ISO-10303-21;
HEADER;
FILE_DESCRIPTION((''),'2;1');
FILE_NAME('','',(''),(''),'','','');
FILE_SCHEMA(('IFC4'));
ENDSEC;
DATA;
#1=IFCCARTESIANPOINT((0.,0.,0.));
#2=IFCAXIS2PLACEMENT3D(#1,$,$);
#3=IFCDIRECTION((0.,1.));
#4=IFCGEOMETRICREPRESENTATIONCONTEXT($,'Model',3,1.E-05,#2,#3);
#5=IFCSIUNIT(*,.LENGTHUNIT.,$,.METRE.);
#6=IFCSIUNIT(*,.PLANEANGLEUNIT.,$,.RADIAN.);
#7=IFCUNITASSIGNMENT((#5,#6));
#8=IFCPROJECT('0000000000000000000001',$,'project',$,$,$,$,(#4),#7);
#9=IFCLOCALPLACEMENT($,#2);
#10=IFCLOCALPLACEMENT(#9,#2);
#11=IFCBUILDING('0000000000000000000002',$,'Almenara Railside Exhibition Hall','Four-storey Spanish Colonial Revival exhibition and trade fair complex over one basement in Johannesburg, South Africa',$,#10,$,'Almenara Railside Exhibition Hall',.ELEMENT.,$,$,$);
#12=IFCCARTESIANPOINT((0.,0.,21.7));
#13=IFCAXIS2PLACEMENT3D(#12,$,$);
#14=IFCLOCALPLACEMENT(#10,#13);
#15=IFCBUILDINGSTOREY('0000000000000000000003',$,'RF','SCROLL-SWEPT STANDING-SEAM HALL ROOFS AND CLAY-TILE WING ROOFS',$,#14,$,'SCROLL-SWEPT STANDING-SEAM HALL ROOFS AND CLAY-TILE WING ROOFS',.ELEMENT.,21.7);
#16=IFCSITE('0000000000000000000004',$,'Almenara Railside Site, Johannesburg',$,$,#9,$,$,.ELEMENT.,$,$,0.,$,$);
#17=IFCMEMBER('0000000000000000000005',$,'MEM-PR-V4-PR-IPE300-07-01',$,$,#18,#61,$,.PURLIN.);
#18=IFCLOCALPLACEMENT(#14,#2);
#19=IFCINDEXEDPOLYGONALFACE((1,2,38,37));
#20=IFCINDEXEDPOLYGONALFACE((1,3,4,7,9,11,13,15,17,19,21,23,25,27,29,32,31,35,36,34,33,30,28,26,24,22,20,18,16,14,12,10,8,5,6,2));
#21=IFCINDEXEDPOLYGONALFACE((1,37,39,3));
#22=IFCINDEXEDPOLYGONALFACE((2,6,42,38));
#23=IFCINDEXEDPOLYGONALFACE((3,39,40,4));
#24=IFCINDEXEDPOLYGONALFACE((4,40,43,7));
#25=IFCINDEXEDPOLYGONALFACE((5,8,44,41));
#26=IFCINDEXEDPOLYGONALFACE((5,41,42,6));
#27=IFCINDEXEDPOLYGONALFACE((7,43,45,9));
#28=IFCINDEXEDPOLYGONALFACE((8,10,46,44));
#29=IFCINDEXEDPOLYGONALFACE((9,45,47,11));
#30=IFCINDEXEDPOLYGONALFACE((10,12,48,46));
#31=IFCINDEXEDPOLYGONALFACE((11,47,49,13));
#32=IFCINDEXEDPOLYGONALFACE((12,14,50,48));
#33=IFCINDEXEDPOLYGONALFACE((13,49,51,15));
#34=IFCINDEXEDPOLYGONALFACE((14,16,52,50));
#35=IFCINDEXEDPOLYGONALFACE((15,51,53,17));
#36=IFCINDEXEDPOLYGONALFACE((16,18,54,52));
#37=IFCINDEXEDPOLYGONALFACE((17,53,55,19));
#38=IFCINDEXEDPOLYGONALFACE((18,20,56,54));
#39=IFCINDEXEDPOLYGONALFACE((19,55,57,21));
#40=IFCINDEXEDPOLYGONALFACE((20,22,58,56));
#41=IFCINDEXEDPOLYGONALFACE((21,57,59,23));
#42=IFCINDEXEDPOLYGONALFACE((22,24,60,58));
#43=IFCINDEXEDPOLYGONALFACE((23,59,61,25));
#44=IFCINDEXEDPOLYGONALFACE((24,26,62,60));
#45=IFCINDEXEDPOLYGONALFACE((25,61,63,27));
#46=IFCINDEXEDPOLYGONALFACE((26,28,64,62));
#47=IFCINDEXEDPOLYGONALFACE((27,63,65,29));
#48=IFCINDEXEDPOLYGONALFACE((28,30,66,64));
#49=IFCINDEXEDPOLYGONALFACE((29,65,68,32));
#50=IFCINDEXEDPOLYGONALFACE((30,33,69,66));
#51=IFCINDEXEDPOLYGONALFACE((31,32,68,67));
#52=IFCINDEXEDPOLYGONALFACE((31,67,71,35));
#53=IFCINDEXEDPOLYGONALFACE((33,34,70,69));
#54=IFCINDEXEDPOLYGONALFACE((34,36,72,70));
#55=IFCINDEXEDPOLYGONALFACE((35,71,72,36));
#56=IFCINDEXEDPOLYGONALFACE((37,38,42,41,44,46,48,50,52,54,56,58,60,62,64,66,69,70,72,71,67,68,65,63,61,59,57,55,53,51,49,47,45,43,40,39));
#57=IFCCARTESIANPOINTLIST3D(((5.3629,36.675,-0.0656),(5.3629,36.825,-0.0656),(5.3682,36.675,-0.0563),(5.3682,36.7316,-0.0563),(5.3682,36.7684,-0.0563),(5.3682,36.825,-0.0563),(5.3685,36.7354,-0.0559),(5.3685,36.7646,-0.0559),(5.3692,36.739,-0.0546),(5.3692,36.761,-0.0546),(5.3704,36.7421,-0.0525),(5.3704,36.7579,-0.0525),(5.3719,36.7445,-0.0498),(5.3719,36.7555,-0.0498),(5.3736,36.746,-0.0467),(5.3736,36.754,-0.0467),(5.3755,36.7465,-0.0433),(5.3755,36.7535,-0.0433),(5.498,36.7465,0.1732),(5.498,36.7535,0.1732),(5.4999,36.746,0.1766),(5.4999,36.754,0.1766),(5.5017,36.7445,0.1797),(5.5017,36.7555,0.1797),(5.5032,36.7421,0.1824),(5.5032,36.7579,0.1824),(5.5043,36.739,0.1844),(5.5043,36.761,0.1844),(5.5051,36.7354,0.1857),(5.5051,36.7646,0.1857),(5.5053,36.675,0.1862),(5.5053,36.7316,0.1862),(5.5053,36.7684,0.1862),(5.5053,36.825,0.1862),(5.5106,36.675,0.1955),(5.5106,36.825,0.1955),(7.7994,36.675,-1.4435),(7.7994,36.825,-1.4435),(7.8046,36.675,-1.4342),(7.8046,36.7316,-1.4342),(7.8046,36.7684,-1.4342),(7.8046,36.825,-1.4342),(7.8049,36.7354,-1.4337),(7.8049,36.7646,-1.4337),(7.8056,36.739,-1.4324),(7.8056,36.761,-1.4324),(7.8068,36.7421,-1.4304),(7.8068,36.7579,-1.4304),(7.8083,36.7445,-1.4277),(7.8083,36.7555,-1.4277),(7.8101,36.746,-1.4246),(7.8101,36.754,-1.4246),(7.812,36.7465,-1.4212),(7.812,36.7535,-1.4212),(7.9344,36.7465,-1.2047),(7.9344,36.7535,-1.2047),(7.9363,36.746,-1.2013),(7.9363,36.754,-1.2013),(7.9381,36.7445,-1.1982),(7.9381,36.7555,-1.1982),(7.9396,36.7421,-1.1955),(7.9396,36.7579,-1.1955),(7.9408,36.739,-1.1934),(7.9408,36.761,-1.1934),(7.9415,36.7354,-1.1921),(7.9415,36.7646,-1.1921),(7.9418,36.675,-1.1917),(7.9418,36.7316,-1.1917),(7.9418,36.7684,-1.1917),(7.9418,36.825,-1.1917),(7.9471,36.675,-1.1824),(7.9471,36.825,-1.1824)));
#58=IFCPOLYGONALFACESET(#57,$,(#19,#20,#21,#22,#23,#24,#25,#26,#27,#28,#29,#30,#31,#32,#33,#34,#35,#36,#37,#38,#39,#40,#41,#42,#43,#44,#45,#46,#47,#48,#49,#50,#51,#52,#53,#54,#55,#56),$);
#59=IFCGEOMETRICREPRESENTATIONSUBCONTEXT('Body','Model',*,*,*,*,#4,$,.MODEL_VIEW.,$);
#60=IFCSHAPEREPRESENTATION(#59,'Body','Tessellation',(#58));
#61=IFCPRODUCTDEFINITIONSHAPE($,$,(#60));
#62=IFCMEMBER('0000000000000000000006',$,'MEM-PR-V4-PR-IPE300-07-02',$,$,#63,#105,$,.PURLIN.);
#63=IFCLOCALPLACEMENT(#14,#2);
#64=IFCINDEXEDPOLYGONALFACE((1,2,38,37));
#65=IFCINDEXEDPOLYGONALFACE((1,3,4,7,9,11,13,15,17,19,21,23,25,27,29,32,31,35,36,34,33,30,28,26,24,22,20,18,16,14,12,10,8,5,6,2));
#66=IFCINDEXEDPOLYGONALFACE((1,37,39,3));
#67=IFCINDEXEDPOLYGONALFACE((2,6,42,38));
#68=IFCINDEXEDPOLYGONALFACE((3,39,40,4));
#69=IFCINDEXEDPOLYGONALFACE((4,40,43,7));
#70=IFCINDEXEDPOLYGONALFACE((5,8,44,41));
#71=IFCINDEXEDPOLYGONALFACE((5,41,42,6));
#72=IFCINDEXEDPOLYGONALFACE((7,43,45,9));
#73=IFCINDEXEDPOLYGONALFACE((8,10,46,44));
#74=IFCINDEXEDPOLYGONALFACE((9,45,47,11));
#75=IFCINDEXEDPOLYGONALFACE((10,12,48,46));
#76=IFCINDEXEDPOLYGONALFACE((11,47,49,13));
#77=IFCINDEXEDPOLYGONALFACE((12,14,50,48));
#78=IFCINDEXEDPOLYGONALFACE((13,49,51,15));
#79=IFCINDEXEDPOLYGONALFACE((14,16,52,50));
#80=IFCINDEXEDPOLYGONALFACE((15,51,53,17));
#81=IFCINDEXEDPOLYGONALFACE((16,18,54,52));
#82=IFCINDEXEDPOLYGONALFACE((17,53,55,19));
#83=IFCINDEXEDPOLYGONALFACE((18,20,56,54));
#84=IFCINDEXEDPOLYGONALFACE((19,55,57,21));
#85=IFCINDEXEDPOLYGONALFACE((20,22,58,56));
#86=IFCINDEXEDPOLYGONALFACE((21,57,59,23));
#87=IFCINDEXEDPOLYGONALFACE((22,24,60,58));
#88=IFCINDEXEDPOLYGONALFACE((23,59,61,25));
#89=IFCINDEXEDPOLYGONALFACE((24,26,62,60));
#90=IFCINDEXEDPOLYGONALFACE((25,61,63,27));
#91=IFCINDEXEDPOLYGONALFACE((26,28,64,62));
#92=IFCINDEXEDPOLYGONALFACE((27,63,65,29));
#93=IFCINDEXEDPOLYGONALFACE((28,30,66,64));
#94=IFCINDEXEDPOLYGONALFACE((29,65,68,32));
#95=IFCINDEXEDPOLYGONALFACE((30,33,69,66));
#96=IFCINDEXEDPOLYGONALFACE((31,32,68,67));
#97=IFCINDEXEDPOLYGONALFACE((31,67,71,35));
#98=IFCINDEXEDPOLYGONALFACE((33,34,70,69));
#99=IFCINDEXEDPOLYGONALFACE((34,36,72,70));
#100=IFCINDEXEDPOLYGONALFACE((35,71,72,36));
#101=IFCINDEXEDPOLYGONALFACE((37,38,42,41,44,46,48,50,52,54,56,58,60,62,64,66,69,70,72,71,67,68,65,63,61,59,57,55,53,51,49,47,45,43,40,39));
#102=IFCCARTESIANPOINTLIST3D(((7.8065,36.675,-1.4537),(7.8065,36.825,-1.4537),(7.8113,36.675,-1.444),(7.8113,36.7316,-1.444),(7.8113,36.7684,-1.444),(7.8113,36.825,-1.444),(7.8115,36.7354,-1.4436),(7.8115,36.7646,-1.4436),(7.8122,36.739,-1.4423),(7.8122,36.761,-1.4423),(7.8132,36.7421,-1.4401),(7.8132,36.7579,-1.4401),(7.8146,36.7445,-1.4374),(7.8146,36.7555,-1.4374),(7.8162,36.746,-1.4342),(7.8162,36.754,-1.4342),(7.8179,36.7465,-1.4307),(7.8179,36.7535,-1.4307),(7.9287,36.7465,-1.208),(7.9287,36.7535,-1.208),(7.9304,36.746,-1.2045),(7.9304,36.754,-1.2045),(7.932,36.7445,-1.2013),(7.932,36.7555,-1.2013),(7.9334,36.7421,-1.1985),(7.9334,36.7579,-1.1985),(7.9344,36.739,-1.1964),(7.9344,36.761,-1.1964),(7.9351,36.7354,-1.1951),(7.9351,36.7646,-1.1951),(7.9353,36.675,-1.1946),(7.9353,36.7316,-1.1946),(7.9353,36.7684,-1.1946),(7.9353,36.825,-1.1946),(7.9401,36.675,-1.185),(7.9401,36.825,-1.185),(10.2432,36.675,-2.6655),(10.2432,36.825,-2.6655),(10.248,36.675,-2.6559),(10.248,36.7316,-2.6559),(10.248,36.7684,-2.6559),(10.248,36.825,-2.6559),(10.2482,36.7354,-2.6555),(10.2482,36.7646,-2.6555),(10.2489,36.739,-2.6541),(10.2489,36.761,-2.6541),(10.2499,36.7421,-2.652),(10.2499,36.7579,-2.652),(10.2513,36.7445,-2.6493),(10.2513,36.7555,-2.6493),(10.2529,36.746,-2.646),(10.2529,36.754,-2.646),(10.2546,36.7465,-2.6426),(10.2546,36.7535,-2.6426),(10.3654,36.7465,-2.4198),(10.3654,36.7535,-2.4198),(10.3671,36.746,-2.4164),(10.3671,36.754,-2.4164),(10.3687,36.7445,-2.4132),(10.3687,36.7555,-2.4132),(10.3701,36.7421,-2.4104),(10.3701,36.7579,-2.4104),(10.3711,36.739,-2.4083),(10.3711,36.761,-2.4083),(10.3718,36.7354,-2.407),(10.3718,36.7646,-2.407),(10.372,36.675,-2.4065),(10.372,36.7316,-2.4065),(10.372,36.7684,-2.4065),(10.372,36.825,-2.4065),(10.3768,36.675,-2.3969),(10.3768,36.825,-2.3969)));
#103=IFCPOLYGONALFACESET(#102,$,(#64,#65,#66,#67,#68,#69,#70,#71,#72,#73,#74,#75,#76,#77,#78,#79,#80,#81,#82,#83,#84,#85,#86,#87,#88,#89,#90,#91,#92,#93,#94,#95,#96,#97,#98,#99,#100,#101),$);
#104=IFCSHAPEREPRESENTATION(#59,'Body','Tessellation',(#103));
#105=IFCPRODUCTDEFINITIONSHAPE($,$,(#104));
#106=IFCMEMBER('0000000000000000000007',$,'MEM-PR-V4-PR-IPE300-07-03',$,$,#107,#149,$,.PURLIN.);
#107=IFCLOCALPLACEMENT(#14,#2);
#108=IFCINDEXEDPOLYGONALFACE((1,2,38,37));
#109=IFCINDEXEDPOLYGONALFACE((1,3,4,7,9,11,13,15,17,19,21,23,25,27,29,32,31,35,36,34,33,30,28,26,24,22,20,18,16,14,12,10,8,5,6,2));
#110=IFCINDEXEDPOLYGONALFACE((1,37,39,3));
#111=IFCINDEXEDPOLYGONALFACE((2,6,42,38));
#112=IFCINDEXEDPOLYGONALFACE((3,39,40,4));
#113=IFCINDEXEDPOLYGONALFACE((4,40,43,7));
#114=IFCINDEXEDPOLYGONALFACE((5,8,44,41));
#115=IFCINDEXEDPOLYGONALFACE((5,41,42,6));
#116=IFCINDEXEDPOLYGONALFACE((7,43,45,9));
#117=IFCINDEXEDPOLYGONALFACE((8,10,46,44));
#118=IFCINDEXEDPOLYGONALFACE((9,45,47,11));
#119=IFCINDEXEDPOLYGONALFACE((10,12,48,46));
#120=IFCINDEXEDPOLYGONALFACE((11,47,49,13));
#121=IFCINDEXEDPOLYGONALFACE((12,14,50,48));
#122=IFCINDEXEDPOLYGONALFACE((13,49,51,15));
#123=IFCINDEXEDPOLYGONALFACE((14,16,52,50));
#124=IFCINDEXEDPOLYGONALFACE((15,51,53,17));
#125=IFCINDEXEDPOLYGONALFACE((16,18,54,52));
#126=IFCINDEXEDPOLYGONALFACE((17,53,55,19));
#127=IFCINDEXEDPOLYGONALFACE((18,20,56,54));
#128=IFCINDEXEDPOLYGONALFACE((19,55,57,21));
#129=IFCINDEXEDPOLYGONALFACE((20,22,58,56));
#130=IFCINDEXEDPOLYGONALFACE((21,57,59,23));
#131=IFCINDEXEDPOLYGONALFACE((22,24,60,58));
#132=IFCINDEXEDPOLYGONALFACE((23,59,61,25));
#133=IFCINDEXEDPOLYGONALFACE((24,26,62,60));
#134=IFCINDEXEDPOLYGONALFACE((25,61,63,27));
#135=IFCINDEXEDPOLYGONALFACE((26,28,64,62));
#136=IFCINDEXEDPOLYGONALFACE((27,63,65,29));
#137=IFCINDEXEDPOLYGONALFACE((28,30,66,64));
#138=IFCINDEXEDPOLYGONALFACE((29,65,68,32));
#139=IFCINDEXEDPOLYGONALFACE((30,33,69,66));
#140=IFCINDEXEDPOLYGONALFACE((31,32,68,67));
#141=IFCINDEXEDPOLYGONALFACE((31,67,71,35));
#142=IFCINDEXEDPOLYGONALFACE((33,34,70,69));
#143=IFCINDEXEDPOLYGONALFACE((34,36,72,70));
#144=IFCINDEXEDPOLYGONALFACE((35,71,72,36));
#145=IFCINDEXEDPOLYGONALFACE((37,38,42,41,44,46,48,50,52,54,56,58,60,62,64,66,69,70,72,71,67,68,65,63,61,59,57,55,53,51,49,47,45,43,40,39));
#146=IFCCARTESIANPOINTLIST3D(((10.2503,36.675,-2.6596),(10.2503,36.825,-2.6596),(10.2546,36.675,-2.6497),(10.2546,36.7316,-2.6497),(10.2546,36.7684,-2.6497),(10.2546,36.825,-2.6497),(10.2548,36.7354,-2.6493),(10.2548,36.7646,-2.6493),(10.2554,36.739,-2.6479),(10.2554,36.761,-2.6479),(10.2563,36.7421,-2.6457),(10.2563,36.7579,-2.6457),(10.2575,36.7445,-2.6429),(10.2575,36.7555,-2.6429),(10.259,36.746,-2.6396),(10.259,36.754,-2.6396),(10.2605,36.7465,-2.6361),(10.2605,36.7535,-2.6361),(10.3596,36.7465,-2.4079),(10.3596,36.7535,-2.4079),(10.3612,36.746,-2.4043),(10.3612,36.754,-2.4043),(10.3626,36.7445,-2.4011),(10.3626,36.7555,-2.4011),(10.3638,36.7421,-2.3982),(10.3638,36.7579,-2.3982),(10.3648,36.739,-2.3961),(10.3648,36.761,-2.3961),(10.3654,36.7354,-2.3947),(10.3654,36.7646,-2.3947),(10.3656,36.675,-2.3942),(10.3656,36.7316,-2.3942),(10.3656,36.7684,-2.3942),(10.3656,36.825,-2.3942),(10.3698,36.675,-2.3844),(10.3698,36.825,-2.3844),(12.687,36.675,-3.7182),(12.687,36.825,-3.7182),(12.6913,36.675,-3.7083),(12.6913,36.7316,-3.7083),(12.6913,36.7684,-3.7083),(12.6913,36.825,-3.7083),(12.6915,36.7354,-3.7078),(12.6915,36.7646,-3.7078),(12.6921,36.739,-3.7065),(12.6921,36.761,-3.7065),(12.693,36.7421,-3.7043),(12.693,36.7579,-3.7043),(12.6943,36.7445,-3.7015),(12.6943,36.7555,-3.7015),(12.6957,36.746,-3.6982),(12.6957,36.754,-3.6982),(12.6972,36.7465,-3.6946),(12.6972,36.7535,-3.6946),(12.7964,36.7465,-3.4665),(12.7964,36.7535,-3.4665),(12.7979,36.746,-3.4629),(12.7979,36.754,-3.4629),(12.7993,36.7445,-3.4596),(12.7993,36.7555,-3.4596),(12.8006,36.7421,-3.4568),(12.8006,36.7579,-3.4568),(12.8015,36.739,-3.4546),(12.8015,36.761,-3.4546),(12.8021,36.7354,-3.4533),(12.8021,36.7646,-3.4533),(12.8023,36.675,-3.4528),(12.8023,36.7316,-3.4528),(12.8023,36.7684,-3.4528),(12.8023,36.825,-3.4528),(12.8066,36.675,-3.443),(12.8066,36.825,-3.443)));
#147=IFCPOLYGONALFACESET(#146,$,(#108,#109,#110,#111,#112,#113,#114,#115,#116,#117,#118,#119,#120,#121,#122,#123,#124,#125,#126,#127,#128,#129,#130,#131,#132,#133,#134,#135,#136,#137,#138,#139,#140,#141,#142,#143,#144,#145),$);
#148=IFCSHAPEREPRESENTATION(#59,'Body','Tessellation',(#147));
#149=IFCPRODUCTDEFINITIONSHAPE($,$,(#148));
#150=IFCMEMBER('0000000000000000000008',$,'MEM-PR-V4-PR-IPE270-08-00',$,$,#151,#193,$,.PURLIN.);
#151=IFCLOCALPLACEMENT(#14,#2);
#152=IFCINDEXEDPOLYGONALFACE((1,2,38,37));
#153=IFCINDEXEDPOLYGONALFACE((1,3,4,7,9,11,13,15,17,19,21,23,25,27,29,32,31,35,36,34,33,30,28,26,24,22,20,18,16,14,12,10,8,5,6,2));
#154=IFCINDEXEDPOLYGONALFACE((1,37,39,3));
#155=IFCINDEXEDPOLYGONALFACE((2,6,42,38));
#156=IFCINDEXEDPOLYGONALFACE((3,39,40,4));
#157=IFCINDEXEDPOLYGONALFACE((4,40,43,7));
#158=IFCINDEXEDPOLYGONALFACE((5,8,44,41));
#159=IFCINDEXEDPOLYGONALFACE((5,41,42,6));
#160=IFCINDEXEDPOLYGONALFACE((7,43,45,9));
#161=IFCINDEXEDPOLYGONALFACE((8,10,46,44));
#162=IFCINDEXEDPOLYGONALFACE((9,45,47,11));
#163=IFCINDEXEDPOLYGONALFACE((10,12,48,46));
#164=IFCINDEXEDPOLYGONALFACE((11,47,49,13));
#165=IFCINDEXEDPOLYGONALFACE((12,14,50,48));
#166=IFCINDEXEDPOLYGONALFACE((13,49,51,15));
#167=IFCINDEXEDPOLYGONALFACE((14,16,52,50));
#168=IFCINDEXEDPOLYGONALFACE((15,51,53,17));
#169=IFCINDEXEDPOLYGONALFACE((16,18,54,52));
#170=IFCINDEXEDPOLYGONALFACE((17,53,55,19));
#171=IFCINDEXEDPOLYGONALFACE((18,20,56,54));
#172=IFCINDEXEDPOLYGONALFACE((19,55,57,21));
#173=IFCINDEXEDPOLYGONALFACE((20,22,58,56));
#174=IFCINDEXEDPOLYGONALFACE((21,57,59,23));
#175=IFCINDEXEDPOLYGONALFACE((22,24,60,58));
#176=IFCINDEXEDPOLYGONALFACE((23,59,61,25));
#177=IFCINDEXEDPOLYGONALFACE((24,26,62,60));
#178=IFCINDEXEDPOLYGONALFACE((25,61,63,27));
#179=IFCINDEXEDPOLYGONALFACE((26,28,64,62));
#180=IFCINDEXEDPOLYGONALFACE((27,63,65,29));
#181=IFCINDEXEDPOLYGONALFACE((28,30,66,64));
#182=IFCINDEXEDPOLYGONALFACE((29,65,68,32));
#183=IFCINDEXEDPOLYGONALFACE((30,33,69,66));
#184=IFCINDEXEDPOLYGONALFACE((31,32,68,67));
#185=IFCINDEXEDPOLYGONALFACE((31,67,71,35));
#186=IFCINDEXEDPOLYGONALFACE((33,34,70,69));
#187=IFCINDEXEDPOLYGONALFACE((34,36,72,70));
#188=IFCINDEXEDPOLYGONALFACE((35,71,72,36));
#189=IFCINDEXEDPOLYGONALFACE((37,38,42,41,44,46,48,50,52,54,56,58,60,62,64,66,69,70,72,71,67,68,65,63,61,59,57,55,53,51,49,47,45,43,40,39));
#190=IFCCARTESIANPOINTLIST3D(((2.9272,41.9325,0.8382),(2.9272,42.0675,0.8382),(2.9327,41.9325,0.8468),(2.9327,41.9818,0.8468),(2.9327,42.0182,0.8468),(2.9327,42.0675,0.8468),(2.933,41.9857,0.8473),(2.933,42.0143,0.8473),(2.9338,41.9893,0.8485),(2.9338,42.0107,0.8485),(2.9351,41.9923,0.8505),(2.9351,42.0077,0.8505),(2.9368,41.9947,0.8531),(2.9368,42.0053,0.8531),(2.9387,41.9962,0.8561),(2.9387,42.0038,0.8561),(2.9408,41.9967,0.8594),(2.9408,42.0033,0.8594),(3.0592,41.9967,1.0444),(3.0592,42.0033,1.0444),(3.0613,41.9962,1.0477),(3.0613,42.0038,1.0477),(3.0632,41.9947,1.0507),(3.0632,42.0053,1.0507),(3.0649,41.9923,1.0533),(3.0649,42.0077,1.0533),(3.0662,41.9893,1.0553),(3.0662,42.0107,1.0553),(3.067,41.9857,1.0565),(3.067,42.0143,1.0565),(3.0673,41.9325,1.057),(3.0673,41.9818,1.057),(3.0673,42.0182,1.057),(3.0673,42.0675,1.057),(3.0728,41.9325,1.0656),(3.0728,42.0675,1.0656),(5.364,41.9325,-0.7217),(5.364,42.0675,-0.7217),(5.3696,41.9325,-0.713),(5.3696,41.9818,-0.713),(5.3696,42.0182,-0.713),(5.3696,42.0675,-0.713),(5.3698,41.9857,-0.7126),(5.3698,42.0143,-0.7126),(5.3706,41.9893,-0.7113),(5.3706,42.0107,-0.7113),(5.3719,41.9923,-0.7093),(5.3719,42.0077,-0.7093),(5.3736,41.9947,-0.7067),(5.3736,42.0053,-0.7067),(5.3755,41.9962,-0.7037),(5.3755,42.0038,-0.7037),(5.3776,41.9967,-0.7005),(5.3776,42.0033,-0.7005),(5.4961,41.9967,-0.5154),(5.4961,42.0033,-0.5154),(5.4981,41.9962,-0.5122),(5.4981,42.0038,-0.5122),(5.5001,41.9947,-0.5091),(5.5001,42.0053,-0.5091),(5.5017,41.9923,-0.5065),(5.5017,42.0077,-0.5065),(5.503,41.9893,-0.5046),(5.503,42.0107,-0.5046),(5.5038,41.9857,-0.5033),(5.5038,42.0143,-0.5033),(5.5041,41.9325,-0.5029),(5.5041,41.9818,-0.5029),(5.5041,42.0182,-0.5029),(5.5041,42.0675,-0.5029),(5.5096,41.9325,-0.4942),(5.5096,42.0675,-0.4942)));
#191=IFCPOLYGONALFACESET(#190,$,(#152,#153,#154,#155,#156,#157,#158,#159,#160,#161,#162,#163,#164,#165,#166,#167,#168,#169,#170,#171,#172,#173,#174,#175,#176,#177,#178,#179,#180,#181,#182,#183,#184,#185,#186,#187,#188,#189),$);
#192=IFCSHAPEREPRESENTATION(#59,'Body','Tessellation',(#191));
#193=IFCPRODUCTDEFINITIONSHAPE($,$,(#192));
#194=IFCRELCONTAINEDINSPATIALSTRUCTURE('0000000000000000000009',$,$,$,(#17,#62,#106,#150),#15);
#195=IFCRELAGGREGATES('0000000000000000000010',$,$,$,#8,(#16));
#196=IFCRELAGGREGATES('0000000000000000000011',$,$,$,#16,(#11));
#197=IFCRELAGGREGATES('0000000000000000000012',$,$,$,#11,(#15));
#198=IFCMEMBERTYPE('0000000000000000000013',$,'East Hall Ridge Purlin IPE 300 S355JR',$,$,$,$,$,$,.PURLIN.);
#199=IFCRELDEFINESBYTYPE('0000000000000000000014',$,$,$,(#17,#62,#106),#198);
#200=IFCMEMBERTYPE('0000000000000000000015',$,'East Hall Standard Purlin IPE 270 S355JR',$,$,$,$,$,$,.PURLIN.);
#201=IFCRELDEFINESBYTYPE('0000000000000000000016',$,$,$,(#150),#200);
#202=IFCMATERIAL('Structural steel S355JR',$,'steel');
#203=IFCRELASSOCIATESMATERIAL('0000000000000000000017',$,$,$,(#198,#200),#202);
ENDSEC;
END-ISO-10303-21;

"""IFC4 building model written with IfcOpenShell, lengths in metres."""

from ifc_helpers import new_model, si_unit, direction, frame, origin, origin_2d, place, context, subcontext, project, spatial, i_section, extrude, material, material_profile, profile_set, type_object, element, save


model = new_model("IFC4")

# Units and contexts
model_context = context("Model", 3, precision=1e-05, world=origin(), true_north=direction((0.0, 1.0)))
body_context = subcontext(model_context, "Body", "Model", "MODEL_VIEW")
ifc_project = project(units=[si_unit("LENGTHUNIT", "METRE"), si_unit("PLANEANGLEUNIT", "RADIAN")], contexts=[model_context])

# Site, building, storey
site_placement = place(None, origin())
site = spatial("IfcSite", under=ifc_project, at=site_placement, Name="Almenara Railside Site, Johannesburg", CompositionType="ELEMENT", RefElevation=0.0)
building_placement = place(site_placement, origin())
building = spatial("IfcBuilding", under=site, at=building_placement, Name="Almenara Railside Exhibition Hall", Description="Four-storey Spanish Colonial Revival exhibition and trade fair complex over one basement in Johannesburg, South Africa", LongName="Almenara Railside Exhibition Hall", CompositionType="ELEMENT")
storey_placement = place(building_placement, frame((0.0, 0.0, 21.7)))
storey = spatial("IfcBuildingStorey", under=building, at=storey_placement, Name="RF", Description="SCROLL-SWEPT STANDING-SEAM HALL ROOFS AND CLAY-TILE WING ROOFS", LongName="SCROLL-SWEPT STANDING-SEAM HALL ROOFS AND CLAY-TILE WING ROOFS", CompositionType="ELEMENT", Elevation=21.7)

# Shared definitions
ifc_material_1 = material(Name="Structural steel S355JR", Category="steel")

# Members
ifc_material_profile_1 = material_profile(ifc_material_1, i_section(OverallWidth=0.1499, OverallDepth=0.3, WebThickness=0.0071, FlangeThickness=0.0107, FilletRadius=0.0149, at=origin_2d()), Name="IPE 300")
ifc_profile_set_1 = profile_set([ifc_material_profile_1], Name="Structural steel S355JR")
member_type_1 = type_object("IfcMemberType", Name="East Hall Ridge Purlin IPE 300 S355JR", PredefinedType="PURLIN", material=ifc_profile_set_1)
member_1_placement = place(storey_placement, frame((5.4368, 36.75, 0.0649), z_axis=(0.870446, 0.0, -0.492264), x_axis=(0.0, 1.0, 0.0)))
element("IfcMember", 1, at=member_1_placement, inside=storey, type_object=member_type_1, Name="MEM-PR-V4-PR-IPE300-07-01", PredefinedType="PURLIN", context=body_context, shape_type="SweptSolid", body=[
    extrude(i_section(OverallWidth=0.1499, OverallDepth=0.3, WebThickness=0.0071, FlangeThickness=0.0107, FilletRadius=0.0149, at=origin_2d()), origin(), (0.0, 0.0, 1.0), 2.7991),
])
member_2_placement = place(storey_placement, frame((7.8733, 36.75, -1.3193), z_axis=(0.895376, 0.0, -0.445311), x_axis=(0.0, 1.0, 0.0)))
element("IfcMember", 2, at=member_2_placement, inside=storey, type_object=member_type_1, Name="MEM-PR-V4-PR-IPE300-07-02", PredefinedType="PURLIN", context=body_context, shape_type="SweptSolid", body=[
    extrude(i_section(OverallWidth=0.1499, OverallDepth=0.3, WebThickness=0.0071, FlangeThickness=0.0107, FilletRadius=0.0149, at=origin_2d()), origin(), (0.0, 0.0, 1.0), 2.7214),
])
member_3_placement = place(storey_placement, frame((10.3101, 36.75, -2.522), z_axis=(0.91719, 0.0, -0.398451), x_axis=(0.0, 1.0, 0.0)))
element("IfcMember", 3, at=member_3_placement, inside=storey, type_object=member_type_1, Name="MEM-PR-V4-PR-IPE300-07-03", PredefinedType="PURLIN", context=body_context, shape_type="SweptSolid", body=[
    extrude(i_section(OverallWidth=0.1499, OverallDepth=0.3, WebThickness=0.0071, FlangeThickness=0.0107, FilletRadius=0.0149, at=origin_2d()), origin(), (0.0, 0.0, 1.0), 2.6567),
])
ifc_material_profile_2 = material_profile(ifc_material_1, i_section(OverallWidth=0.135, OverallDepth=0.27, WebThickness=0.0066, FlangeThickness=0.0103, FilletRadius=0.0149, at=origin_2d()), Name="IPE 270")
ifc_profile_set_2 = profile_set([ifc_material_profile_2], Name="Structural steel S355JR")
member_type_2 = type_object("IfcMemberType", Name="East Hall Standard Purlin IPE 270 S355JR", PredefinedType="PURLIN", material=ifc_profile_set_2)
member_4_placement = place(storey_placement, frame((3.0, 42.0, 0.9519), z_axis=(0.842227, 0.0, -0.539123), x_axis=(0.0, 1.0, 0.0)))
element("IfcMember", 4, at=member_4_placement, inside=storey, type_object=member_type_2, Name="MEM-PR-V4-PR-IPE270-08-00", PredefinedType="PURLIN", context=body_context, shape_type="SweptSolid", body=[
    extrude(i_section(OverallWidth=0.135, OverallDepth=0.27, WebThickness=0.0066, FlangeThickness=0.0103, FilletRadius=0.0149, at=origin_2d()), origin(), (0.0, 0.0, 1.0), 2.8933),
])

save(model, "model.ifc")
